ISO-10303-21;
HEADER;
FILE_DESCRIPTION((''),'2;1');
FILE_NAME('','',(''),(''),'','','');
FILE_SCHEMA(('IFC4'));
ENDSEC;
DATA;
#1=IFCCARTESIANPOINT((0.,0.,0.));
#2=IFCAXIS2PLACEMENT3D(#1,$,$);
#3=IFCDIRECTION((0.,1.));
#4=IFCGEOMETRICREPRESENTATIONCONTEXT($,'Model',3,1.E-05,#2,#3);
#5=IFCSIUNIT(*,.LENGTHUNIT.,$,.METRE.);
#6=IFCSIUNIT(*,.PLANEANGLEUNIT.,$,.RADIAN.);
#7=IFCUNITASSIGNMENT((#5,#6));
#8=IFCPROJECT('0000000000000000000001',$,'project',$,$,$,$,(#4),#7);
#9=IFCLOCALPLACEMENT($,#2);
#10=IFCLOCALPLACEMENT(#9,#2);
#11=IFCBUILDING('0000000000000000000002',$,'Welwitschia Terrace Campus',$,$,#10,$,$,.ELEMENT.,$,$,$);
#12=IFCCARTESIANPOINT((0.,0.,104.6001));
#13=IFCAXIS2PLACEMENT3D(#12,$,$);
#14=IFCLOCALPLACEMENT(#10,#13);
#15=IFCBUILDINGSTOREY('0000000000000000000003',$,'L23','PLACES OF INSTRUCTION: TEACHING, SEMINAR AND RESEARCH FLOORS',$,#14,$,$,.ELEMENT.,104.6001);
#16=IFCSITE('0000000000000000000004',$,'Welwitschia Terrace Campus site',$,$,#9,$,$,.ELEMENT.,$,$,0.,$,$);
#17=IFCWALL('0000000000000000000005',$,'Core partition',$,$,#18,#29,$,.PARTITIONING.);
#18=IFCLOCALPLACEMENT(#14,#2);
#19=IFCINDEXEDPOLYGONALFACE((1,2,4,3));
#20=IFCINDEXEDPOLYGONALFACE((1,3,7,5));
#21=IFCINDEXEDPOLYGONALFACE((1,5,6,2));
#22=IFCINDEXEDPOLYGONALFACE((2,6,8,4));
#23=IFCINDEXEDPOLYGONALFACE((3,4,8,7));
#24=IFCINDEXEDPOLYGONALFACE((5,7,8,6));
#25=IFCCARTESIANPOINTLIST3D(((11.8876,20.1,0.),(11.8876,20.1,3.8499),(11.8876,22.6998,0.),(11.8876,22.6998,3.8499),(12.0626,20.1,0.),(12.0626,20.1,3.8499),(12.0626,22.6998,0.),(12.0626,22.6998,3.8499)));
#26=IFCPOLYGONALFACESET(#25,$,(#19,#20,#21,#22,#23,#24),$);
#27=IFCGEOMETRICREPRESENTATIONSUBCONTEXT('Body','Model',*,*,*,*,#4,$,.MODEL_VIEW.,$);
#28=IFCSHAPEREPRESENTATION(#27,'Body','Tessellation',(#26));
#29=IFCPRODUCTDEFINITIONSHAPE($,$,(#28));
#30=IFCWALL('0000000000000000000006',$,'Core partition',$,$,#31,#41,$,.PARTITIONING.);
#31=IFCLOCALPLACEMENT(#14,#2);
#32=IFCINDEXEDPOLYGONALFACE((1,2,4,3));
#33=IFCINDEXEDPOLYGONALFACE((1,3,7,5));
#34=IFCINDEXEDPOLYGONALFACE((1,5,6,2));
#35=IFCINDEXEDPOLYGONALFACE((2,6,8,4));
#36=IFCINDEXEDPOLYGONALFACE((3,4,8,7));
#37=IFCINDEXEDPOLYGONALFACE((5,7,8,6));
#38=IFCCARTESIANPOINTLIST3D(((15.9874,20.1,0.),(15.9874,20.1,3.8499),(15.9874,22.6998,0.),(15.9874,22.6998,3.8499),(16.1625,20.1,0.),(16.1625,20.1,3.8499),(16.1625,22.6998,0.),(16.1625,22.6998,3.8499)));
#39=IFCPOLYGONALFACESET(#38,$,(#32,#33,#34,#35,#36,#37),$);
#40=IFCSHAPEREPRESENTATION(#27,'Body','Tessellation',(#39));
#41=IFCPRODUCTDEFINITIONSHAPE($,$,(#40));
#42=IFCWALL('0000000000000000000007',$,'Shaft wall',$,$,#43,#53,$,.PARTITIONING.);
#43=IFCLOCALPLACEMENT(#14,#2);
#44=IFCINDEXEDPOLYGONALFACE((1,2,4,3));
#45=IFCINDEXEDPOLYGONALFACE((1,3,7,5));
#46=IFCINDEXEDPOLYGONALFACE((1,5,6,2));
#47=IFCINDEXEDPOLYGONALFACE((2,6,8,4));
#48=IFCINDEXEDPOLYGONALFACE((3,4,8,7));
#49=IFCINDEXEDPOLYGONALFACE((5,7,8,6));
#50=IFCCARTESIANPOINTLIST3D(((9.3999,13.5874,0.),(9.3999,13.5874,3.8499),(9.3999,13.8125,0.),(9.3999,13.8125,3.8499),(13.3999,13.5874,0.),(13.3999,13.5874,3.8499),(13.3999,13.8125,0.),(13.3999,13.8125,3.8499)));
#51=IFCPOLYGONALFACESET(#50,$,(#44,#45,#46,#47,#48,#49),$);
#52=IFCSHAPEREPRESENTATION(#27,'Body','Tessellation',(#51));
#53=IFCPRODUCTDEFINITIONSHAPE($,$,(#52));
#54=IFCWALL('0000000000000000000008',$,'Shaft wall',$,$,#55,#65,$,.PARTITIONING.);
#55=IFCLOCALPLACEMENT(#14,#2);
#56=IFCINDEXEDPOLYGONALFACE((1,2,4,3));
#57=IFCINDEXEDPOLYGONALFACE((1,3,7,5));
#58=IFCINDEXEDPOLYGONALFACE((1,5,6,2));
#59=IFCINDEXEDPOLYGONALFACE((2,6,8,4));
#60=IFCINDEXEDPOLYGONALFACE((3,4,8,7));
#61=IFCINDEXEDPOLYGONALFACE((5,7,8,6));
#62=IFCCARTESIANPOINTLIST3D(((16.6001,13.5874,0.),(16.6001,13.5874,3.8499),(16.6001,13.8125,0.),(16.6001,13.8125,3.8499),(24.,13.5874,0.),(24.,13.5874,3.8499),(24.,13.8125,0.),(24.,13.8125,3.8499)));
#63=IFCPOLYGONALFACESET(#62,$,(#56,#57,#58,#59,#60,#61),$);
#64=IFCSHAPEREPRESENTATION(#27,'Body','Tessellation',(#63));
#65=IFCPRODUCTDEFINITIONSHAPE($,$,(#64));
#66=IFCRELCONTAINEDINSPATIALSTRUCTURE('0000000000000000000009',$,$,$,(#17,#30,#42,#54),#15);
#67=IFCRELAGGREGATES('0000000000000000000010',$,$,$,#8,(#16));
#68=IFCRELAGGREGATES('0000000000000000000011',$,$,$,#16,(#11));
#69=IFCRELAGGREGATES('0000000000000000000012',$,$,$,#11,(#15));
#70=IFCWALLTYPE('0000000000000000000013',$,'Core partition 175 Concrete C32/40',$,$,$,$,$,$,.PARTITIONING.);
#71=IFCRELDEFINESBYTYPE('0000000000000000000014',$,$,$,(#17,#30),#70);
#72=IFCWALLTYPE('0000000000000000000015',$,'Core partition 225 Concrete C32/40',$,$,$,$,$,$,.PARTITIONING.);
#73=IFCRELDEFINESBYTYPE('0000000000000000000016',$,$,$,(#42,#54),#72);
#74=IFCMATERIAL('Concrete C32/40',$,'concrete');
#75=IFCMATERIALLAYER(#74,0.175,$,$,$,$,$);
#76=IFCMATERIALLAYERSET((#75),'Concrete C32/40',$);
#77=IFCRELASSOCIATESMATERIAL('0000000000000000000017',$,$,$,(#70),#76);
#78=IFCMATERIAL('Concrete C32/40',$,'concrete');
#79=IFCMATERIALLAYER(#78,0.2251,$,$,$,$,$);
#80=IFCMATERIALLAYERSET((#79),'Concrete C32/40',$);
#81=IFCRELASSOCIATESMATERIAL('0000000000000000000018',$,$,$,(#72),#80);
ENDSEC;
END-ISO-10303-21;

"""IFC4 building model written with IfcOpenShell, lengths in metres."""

from ifc_helpers import new_model, si_unit, direction, frame, frame_2d, origin, place, context, subcontext, project, spatial, rectangle, extrude, material, layer, layer_set, type_object, element, save


model = new_model("IFC4")

# Units and contexts
model_context = context("Model", 3, precision=1e-05, world=origin(), true_north=direction((0.0, 1.0)))
body_context = subcontext(model_context, "Body", "Model", "MODEL_VIEW")
ifc_project = project(units=[si_unit("LENGTHUNIT", "METRE"), si_unit("PLANEANGLEUNIT", "RADIAN")], contexts=[model_context])

# Site, building, storey
site_placement = place(None, origin())
site = spatial("IfcSite", under=ifc_project, at=site_placement, Name="Welwitschia Terrace Campus site", CompositionType="ELEMENT", RefElevation=0.0)
building_placement = place(site_placement, origin())
building = spatial("IfcBuilding", under=site, at=building_placement, Name="Welwitschia Terrace Campus", CompositionType="ELEMENT")
storey_placement = place(building_placement, frame((0.0, 0.0, 104.6001)))
storey = spatial("IfcBuildingStorey", under=building, at=storey_placement, Name="L23", Description="PLACES OF INSTRUCTION: TEACHING, SEMINAR AND RESEARCH FLOORS", CompositionType="ELEMENT", Elevation=104.6001)

# Walls
ifc_material_1 = material(Name="Concrete C32/40", Category="concrete")
ifc_layer_1 = layer(ifc_material_1, 0.175)
ifc_layer_set_1 = layer_set([ifc_layer_1], Name="Concrete C32/40")
wall_type_1 = type_object("IfcWallType", Name="Core partition 175 Concrete C32/40", PredefinedType="PARTITIONING", material=ifc_layer_set_1)
for number, where, z_axis, x_axis, name in (
    (1, (11.9751, 20.1001, 0.0), (0.0, 0.0, 1.0), (0.0, 1.0, 0.0), "Core partition"),
    (2, (16.075, 20.1001, 0.0), (0.0, 0.0, 1.0), (0.0, 1.0, 0.0), "Core partition"),
):
    element("IfcWall", number, at=place(storey_placement, frame(where, z_axis=z_axis, x_axis=x_axis)), inside=storey, type_object=wall_type_1, Name=name, PredefinedType="PARTITIONING", context=body_context, shape_type="SweptSolid", body=[
        extrude(rectangle(XDim=2.5999, YDim=0.175, at=frame_2d((1.2998, 0.0))), origin(), (0.0, 0.0, 1.0), 3.8499),
    ])
ifc_material_2 = material(Name="Concrete C32/40", Category="concrete")
ifc_layer_2 = layer(ifc_material_2, 0.2251)
ifc_layer_set_2 = layer_set([ifc_layer_2], Name="Concrete C32/40")
wall_type_2 = type_object("IfcWallType", Name="Core partition 225 Concrete C32/40", PredefinedType="PARTITIONING", material=ifc_layer_set_2)
wall_1_placement = place(storey_placement, frame((9.3999, 13.7, 0.0), z_axis=(0.0, 0.0, 1.0), x_axis=(1.0, 0.0, 0.0)))
element("IfcWall", 3, at=wall_1_placement, inside=storey, type_object=wall_type_2, Name="Shaft wall", PredefinedType="PARTITIONING", context=body_context, shape_type="SweptSolid", body=[
    extrude(rectangle(XDim=4.0, YDim=0.2251, at=frame_2d((2.0, 0.0))), origin(), (0.0, 0.0, 1.0), 3.8499),
])
wall_2_placement = place(storey_placement, frame((16.6001, 13.7, 0.0), z_axis=(0.0, 0.0, 1.0), x_axis=(1.0, 0.0, 0.0)))
element("IfcWall", 4, at=wall_2_placement, inside=storey, type_object=wall_type_2, Name="Shaft wall", PredefinedType="PARTITIONING", context=body_context, shape_type="SweptSolid", body=[
    extrude(rectangle(XDim=7.3999, YDim=0.2251, at=frame_2d((3.7, 0.0))), origin(), (0.0, 0.0, 1.0), 3.8499),
])

save(model, "model.ifc")
